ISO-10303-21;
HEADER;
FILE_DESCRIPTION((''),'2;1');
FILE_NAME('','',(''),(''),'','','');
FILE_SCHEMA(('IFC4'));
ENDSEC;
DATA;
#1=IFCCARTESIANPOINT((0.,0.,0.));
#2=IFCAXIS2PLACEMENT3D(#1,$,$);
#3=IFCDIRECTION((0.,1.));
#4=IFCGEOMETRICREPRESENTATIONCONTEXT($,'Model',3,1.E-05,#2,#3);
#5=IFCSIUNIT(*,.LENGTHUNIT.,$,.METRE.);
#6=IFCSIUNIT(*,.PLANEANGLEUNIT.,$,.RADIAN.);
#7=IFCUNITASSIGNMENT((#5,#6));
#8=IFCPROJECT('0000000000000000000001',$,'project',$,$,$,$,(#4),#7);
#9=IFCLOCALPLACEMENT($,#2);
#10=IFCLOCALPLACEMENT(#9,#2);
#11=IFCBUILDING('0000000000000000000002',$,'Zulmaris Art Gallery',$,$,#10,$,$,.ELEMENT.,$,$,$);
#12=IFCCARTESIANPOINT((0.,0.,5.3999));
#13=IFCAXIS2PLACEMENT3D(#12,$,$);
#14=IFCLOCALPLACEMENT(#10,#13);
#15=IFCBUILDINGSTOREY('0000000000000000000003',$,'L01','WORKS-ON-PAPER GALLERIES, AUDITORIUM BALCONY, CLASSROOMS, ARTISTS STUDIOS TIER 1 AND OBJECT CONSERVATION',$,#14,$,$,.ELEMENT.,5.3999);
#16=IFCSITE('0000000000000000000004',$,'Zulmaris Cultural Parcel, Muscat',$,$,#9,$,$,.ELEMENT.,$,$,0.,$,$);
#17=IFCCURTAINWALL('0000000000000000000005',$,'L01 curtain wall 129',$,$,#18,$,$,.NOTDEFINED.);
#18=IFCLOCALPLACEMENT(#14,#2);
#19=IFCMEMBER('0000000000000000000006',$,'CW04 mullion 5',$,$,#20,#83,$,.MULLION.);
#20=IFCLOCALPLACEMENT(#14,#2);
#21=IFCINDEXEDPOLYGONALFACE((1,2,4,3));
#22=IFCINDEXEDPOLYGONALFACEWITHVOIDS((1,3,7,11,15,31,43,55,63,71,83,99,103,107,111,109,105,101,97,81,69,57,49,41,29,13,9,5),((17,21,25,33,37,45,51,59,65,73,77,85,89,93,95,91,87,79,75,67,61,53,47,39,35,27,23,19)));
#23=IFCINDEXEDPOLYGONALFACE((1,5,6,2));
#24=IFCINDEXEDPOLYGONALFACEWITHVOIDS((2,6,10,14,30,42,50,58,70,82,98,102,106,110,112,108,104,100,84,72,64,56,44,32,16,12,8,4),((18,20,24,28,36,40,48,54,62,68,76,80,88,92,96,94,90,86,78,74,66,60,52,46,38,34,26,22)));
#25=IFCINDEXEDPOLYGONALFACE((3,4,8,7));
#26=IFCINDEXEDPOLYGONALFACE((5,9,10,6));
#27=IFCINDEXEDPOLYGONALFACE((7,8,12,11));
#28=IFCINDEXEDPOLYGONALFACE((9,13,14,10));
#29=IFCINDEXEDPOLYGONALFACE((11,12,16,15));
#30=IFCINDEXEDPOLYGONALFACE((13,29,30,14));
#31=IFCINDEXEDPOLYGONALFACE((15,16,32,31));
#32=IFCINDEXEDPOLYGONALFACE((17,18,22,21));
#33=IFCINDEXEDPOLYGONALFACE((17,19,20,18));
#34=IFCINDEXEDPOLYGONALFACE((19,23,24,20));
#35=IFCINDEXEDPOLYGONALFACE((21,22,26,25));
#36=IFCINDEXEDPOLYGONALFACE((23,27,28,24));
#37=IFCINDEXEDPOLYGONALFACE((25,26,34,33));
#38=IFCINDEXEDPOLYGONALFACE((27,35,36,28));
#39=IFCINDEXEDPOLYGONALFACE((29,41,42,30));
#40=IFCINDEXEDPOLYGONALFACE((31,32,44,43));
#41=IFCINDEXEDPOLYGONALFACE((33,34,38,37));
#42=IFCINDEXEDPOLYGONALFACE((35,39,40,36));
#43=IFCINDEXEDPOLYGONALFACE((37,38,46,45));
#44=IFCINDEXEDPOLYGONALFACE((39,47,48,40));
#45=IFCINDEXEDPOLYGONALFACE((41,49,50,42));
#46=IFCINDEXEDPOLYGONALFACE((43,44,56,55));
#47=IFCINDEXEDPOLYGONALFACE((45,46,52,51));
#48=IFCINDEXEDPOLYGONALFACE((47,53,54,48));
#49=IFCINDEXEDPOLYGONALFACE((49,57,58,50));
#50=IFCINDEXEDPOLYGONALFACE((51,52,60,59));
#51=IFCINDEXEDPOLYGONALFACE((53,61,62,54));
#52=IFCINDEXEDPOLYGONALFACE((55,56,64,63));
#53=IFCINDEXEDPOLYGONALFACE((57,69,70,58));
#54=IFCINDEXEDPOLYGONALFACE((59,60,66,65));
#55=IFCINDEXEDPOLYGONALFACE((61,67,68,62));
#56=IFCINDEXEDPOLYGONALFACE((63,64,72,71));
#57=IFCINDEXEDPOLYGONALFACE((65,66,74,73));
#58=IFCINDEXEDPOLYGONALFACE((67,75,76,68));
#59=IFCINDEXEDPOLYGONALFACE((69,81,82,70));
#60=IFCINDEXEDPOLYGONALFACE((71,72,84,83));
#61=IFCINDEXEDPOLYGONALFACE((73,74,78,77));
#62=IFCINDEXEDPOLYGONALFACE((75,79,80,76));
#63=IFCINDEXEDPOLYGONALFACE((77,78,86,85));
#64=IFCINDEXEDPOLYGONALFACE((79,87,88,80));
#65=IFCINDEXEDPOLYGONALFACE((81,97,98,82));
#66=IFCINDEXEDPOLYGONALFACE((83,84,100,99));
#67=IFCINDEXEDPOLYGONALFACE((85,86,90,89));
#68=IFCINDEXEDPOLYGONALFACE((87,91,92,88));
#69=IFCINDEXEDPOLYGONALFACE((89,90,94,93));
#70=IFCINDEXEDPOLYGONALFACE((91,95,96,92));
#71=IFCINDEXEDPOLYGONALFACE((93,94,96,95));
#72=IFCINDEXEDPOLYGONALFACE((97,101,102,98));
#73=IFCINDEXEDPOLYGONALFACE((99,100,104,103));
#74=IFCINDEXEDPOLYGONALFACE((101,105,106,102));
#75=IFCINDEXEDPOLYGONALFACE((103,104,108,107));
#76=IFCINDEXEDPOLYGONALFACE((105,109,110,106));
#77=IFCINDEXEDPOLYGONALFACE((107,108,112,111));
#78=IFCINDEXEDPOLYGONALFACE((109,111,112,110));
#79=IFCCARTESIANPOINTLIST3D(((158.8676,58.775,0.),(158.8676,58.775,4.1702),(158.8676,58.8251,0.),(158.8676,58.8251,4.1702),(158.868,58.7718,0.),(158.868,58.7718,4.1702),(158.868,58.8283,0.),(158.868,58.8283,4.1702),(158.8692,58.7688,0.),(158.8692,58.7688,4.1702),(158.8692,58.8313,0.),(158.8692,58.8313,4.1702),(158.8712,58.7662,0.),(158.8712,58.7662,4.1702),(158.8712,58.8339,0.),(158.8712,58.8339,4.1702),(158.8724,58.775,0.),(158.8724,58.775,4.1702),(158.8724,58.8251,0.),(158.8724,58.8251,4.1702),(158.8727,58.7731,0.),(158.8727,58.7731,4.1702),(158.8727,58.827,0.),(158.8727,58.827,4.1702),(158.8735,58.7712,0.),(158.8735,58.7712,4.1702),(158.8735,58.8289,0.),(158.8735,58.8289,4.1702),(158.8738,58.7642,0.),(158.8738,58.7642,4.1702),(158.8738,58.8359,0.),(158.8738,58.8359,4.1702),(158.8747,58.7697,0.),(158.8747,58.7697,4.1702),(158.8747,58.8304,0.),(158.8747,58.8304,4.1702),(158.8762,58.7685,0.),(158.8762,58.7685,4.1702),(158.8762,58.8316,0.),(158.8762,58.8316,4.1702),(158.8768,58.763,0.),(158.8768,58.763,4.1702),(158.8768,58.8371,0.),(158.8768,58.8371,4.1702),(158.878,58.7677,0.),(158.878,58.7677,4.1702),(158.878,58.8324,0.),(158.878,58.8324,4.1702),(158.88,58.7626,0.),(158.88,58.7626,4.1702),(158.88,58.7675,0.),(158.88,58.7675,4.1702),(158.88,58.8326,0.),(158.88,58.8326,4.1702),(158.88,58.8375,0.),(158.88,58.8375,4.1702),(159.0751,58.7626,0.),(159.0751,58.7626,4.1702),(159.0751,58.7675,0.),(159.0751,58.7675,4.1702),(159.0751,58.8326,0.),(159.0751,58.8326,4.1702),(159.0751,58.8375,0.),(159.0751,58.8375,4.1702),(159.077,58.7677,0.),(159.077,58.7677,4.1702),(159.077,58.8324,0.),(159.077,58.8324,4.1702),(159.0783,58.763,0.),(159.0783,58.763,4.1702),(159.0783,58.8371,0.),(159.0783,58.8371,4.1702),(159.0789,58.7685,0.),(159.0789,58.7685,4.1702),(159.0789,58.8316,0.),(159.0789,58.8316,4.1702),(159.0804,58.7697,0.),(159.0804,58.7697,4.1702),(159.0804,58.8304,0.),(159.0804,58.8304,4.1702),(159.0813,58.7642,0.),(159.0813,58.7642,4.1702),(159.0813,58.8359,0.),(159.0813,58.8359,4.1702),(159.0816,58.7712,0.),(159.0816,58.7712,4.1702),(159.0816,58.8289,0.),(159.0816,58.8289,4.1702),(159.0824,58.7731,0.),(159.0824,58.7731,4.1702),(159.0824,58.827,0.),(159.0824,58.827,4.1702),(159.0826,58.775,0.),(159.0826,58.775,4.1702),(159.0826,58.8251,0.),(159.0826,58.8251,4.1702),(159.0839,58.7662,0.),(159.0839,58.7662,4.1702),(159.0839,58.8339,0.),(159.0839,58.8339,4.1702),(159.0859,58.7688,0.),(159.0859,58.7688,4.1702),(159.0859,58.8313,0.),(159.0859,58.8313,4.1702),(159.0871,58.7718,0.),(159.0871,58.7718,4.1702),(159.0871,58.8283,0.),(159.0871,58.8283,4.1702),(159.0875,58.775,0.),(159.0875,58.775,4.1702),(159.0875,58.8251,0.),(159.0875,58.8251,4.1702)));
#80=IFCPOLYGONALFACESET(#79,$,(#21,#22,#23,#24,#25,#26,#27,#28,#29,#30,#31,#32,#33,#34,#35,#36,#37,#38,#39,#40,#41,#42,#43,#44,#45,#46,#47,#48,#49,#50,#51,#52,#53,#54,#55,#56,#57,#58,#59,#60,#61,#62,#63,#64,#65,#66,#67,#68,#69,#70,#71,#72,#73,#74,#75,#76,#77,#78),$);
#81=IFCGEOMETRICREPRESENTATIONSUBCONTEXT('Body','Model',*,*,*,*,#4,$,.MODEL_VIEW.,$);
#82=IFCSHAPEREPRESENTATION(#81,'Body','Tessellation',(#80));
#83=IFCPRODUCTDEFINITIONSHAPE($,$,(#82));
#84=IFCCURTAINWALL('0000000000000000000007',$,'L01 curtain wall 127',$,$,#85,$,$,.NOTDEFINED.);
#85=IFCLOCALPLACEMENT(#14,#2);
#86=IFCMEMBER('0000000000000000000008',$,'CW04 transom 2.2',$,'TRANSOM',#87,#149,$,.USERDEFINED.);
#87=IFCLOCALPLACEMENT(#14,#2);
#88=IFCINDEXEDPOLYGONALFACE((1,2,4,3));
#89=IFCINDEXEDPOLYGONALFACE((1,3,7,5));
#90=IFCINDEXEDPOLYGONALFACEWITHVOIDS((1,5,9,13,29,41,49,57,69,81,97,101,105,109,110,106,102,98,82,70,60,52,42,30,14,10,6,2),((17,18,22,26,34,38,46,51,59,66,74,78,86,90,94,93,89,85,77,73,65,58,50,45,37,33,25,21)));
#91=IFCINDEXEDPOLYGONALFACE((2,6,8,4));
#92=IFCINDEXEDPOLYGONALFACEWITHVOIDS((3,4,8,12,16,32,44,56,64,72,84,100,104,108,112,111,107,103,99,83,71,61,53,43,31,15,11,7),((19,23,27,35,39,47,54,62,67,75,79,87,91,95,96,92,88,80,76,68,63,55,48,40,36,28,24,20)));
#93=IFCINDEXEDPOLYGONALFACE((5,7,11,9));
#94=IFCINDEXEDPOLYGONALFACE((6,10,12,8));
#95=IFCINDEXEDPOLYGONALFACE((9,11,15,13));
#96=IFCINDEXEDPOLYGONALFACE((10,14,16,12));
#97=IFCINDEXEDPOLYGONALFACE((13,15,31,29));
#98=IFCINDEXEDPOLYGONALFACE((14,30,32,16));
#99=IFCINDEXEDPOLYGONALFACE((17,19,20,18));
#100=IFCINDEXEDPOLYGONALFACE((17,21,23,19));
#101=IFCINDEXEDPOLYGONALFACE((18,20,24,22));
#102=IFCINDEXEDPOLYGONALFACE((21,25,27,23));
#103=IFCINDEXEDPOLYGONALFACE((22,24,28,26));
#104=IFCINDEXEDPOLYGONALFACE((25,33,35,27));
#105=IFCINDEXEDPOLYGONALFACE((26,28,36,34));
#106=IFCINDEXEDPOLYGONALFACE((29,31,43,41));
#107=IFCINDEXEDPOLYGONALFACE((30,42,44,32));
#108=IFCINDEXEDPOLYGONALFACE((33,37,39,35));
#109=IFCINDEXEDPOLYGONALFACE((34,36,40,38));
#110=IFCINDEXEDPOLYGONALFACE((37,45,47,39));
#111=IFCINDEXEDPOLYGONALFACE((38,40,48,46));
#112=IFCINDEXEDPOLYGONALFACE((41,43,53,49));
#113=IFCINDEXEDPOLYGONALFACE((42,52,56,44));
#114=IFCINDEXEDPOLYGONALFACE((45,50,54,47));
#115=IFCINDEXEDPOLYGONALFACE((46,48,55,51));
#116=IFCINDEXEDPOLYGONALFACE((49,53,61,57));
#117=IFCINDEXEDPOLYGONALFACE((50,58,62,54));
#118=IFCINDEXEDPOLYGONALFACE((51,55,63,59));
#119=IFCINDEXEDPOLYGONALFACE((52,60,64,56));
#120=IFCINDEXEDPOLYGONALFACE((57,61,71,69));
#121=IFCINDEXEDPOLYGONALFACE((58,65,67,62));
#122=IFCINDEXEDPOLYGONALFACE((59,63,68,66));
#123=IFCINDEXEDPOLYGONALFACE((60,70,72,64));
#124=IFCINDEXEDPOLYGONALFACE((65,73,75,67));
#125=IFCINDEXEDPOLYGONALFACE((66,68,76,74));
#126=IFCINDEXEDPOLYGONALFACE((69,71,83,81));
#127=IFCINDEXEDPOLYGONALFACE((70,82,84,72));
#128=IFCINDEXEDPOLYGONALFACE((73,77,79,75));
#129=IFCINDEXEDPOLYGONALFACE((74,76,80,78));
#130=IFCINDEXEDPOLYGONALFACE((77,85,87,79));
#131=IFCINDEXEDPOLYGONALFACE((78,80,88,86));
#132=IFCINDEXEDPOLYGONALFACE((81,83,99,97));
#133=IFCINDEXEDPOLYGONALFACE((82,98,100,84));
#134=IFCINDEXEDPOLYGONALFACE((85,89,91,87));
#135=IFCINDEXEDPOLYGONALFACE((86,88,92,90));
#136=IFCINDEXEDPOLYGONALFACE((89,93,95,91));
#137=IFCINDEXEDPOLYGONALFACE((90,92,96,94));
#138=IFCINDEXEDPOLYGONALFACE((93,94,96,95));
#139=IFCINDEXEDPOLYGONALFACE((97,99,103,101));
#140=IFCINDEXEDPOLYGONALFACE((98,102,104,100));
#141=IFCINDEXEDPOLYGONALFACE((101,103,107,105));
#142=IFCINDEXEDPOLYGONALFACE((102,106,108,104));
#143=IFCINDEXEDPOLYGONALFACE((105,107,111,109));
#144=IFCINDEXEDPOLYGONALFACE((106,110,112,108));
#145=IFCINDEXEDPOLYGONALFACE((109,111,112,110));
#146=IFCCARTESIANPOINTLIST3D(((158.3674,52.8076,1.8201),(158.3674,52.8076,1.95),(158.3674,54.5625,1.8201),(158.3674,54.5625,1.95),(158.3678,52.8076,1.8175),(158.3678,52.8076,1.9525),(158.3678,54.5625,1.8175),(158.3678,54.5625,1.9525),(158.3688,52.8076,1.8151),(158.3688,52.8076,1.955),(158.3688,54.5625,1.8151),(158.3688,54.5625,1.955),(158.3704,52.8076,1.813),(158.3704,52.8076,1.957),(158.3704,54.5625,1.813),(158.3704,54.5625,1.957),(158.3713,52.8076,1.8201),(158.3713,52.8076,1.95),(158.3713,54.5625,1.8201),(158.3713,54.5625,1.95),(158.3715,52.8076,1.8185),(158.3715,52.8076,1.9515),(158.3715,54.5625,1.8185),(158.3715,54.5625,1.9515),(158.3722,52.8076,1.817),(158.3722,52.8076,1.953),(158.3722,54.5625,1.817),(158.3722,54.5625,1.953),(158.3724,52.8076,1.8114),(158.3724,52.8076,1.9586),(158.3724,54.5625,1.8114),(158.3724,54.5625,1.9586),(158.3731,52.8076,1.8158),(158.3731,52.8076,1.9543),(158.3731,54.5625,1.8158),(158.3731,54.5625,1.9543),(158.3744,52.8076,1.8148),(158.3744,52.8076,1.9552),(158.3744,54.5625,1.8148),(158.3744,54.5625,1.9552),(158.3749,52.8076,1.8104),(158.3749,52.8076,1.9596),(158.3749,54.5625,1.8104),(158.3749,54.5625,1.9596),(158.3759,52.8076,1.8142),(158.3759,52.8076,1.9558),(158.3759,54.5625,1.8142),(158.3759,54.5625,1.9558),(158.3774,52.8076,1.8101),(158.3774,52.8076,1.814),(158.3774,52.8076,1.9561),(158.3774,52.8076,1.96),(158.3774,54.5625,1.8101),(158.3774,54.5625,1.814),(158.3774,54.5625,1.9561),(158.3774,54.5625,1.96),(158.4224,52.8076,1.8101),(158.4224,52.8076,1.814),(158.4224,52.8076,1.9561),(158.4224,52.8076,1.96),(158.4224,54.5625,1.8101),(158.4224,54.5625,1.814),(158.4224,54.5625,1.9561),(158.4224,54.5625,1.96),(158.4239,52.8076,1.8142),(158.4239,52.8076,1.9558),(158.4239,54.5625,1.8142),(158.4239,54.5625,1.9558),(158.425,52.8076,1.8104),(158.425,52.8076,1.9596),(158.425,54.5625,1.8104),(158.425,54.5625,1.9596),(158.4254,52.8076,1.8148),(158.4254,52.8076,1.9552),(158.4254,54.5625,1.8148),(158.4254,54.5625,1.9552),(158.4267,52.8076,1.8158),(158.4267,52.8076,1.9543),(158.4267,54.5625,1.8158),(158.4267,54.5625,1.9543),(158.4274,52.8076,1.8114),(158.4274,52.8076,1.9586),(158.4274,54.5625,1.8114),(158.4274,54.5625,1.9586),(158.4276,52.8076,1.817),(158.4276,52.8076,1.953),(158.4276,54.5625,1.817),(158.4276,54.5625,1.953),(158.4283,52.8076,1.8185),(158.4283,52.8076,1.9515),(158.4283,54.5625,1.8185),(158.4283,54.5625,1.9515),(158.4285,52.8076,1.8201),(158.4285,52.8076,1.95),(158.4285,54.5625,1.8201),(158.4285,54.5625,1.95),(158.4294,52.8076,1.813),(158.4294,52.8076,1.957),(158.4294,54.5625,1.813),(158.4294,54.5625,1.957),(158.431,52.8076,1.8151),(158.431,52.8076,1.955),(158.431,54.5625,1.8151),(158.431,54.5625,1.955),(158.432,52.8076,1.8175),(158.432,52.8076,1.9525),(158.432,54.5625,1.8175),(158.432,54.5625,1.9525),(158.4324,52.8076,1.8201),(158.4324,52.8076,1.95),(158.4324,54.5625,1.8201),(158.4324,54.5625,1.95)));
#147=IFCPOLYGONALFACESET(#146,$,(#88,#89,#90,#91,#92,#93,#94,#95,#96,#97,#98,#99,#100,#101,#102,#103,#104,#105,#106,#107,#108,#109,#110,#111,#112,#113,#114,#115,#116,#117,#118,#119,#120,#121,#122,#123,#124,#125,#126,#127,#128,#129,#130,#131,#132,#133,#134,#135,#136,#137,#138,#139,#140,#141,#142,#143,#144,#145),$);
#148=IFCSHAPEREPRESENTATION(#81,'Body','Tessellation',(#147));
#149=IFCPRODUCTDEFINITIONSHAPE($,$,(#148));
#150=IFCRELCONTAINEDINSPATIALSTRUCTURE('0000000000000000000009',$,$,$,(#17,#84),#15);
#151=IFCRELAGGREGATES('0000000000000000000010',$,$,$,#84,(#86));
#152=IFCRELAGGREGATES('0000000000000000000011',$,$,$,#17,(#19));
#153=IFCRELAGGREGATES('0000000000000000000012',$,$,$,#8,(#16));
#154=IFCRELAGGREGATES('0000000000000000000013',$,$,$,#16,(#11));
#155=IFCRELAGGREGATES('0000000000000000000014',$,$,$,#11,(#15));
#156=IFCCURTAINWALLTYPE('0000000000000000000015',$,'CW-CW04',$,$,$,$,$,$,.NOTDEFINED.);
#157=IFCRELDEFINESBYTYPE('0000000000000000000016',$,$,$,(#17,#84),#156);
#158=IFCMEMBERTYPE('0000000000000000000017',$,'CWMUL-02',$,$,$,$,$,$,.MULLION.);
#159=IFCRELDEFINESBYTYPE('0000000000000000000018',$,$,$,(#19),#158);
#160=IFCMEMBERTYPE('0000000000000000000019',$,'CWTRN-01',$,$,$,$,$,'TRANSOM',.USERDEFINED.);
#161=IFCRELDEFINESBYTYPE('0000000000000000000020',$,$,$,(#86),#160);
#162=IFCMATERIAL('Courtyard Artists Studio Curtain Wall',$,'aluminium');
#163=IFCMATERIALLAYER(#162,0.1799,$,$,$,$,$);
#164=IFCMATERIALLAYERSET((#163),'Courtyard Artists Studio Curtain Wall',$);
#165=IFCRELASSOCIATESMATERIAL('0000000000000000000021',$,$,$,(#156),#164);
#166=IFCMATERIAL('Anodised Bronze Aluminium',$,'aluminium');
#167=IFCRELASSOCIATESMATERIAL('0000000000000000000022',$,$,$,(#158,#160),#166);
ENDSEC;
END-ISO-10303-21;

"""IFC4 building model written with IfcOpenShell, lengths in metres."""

from ifc_helpers import new_model, si_unit, direction, frame, origin, origin_2d, place, context, subcontext, project, spatial, hollow_rectangle, extrude, material, layer, layer_set, material_profile, profile_set, type_object, element, aggregate, save


model = new_model("IFC4")

# Units and contexts
model_context = context("Model", 3, precision=1e-05, world=origin(), true_north=direction((0.0, 1.0)))
body_context = subcontext(model_context, "Body", "Model", "MODEL_VIEW")
ifc_project = project(units=[si_unit("LENGTHUNIT", "METRE"), si_unit("PLANEANGLEUNIT", "RADIAN")], contexts=[model_context])

# Site, building, storey
site_placement = place(None, origin())
site = spatial("IfcSite", under=ifc_project, at=site_placement, Name="Zulmaris Cultural Parcel, Muscat", CompositionType="ELEMENT", RefElevation=0.0)
building_placement = place(site_placement, origin())
building = spatial("IfcBuilding", under=site, at=building_placement, Name="Zulmaris Art Gallery", CompositionType="ELEMENT")
storey_placement = place(building_placement, frame((0.0, 0.0, 5.3999)))
storey = spatial("IfcBuildingStorey", under=building, at=storey_placement, Name="L01", Description="WORKS-ON-PAPER GALLERIES, AUDITORIUM BALCONY, CLASSROOMS, ARTISTS STUDIOS TIER 1 AND OBJECT CONSERVATION", CompositionType="ELEMENT", Elevation=5.3999)

# Curtain walls, members
ifc_material_1 = material(Name="Courtyard Artists Studio Curtain Wall", Category="aluminium")
ifc_layer_1 = layer(ifc_material_1, 0.1799)
ifc_layer_set_1 = layer_set([ifc_layer_1], Name="Courtyard Artists Studio Curtain Wall")
curtain_wall_type = type_object("IfcCurtainWallType", Name="CW-CW04", PredefinedType="NOTDEFINED", material=ifc_layer_set_1)
curtain_wall_1_placement = place(storey_placement, origin())
curtain_wall_1 = element("IfcCurtainWall", 1, at=curtain_wall_1_placement, inside=storey, type_object=curtain_wall_type, Name="L01 curtain wall 129", PredefinedType="NOTDEFINED")
ifc_material_2 = material(Name="Anodised Bronze Aluminium", Category="aluminium")
ifc_material_profile_1 = material_profile(ifc_material_2, hollow_rectangle(XDim=0.075, YDim=0.22, WallThickness=0.0049, InnerFilletRadius=0.0076, OuterFilletRadius=0.0125, at=origin_2d()), Name="ALU 75x220x5")
ifc_profile_set_1 = profile_set([ifc_material_profile_1], Name="Anodised Bronze Aluminium")
member_type_1 = type_object("IfcMemberType", Name="CWMUL-02", PredefinedType="MULLION", material=ifc_profile_set_1)
member_1_placement = place(storey_placement, frame((158.9775, 58.8, 0.0), z_axis=(0.0, 0.0, 1.0), x_axis=(0.0, -1.0, 0.0)))
member_1 = element("IfcMember", 2, at=member_1_placement, type_object=member_type_1, Name="CW04 mullion 5", PredefinedType="MULLION", context=body_context, shape_type="SweptSolid", body=[
    extrude(hollow_rectangle(XDim=0.075, YDim=0.22, WallThickness=0.0049, InnerFilletRadius=0.0076, OuterFilletRadius=0.0125, at=origin_2d()), origin(), (0.0, 0.0, 1.0), 4.1702),
])
curtain_wall_2_placement = place(storey_placement, origin())
curtain_wall_2 = element("IfcCurtainWall", 3, at=curtain_wall_2_placement, inside=storey, type_object=curtain_wall_type, Name="L01 curtain wall 127", PredefinedType="NOTDEFINED")
ifc_material_profile_2 = material_profile(ifc_material_2, hollow_rectangle(XDim=0.0649, YDim=0.1499, WallThickness=0.0039, InnerFilletRadius=0.0061, OuterFilletRadius=0.01, at=origin_2d()), Name="ALU 65x150x4")
ifc_profile_set_2 = profile_set([ifc_material_profile_2], Name="Anodised Bronze Aluminium")
member_type_2 = type_object("IfcMemberType", Name="CWTRN-01", ElementType="TRANSOM", PredefinedType="USERDEFINED", material=ifc_profile_set_2)
member_2_placement = place(storey_placement, frame((158.3999, 52.8076, 1.885), z_axis=(0.0, 1.0, 0.0), x_axis=(-1.0, 0.0, 0.0)))
member_2 = element("IfcMember", 4, at=member_2_placement, type_object=member_type_2, Name="CW04 transom 2.2", ObjectType="TRANSOM", PredefinedType="USERDEFINED", context=body_context, shape_type="SweptSolid", body=[
    extrude(hollow_rectangle(XDim=0.0649, YDim=0.1499, WallThickness=0.0039, InnerFilletRadius=0.0061, OuterFilletRadius=0.01, at=origin_2d()), origin(), (0.0, 0.0, 1.0), 1.7549),
])

aggregate(curtain_wall_2, [member_2])
aggregate(curtain_wall_1, [member_1])

save(model, "model.ifc")
